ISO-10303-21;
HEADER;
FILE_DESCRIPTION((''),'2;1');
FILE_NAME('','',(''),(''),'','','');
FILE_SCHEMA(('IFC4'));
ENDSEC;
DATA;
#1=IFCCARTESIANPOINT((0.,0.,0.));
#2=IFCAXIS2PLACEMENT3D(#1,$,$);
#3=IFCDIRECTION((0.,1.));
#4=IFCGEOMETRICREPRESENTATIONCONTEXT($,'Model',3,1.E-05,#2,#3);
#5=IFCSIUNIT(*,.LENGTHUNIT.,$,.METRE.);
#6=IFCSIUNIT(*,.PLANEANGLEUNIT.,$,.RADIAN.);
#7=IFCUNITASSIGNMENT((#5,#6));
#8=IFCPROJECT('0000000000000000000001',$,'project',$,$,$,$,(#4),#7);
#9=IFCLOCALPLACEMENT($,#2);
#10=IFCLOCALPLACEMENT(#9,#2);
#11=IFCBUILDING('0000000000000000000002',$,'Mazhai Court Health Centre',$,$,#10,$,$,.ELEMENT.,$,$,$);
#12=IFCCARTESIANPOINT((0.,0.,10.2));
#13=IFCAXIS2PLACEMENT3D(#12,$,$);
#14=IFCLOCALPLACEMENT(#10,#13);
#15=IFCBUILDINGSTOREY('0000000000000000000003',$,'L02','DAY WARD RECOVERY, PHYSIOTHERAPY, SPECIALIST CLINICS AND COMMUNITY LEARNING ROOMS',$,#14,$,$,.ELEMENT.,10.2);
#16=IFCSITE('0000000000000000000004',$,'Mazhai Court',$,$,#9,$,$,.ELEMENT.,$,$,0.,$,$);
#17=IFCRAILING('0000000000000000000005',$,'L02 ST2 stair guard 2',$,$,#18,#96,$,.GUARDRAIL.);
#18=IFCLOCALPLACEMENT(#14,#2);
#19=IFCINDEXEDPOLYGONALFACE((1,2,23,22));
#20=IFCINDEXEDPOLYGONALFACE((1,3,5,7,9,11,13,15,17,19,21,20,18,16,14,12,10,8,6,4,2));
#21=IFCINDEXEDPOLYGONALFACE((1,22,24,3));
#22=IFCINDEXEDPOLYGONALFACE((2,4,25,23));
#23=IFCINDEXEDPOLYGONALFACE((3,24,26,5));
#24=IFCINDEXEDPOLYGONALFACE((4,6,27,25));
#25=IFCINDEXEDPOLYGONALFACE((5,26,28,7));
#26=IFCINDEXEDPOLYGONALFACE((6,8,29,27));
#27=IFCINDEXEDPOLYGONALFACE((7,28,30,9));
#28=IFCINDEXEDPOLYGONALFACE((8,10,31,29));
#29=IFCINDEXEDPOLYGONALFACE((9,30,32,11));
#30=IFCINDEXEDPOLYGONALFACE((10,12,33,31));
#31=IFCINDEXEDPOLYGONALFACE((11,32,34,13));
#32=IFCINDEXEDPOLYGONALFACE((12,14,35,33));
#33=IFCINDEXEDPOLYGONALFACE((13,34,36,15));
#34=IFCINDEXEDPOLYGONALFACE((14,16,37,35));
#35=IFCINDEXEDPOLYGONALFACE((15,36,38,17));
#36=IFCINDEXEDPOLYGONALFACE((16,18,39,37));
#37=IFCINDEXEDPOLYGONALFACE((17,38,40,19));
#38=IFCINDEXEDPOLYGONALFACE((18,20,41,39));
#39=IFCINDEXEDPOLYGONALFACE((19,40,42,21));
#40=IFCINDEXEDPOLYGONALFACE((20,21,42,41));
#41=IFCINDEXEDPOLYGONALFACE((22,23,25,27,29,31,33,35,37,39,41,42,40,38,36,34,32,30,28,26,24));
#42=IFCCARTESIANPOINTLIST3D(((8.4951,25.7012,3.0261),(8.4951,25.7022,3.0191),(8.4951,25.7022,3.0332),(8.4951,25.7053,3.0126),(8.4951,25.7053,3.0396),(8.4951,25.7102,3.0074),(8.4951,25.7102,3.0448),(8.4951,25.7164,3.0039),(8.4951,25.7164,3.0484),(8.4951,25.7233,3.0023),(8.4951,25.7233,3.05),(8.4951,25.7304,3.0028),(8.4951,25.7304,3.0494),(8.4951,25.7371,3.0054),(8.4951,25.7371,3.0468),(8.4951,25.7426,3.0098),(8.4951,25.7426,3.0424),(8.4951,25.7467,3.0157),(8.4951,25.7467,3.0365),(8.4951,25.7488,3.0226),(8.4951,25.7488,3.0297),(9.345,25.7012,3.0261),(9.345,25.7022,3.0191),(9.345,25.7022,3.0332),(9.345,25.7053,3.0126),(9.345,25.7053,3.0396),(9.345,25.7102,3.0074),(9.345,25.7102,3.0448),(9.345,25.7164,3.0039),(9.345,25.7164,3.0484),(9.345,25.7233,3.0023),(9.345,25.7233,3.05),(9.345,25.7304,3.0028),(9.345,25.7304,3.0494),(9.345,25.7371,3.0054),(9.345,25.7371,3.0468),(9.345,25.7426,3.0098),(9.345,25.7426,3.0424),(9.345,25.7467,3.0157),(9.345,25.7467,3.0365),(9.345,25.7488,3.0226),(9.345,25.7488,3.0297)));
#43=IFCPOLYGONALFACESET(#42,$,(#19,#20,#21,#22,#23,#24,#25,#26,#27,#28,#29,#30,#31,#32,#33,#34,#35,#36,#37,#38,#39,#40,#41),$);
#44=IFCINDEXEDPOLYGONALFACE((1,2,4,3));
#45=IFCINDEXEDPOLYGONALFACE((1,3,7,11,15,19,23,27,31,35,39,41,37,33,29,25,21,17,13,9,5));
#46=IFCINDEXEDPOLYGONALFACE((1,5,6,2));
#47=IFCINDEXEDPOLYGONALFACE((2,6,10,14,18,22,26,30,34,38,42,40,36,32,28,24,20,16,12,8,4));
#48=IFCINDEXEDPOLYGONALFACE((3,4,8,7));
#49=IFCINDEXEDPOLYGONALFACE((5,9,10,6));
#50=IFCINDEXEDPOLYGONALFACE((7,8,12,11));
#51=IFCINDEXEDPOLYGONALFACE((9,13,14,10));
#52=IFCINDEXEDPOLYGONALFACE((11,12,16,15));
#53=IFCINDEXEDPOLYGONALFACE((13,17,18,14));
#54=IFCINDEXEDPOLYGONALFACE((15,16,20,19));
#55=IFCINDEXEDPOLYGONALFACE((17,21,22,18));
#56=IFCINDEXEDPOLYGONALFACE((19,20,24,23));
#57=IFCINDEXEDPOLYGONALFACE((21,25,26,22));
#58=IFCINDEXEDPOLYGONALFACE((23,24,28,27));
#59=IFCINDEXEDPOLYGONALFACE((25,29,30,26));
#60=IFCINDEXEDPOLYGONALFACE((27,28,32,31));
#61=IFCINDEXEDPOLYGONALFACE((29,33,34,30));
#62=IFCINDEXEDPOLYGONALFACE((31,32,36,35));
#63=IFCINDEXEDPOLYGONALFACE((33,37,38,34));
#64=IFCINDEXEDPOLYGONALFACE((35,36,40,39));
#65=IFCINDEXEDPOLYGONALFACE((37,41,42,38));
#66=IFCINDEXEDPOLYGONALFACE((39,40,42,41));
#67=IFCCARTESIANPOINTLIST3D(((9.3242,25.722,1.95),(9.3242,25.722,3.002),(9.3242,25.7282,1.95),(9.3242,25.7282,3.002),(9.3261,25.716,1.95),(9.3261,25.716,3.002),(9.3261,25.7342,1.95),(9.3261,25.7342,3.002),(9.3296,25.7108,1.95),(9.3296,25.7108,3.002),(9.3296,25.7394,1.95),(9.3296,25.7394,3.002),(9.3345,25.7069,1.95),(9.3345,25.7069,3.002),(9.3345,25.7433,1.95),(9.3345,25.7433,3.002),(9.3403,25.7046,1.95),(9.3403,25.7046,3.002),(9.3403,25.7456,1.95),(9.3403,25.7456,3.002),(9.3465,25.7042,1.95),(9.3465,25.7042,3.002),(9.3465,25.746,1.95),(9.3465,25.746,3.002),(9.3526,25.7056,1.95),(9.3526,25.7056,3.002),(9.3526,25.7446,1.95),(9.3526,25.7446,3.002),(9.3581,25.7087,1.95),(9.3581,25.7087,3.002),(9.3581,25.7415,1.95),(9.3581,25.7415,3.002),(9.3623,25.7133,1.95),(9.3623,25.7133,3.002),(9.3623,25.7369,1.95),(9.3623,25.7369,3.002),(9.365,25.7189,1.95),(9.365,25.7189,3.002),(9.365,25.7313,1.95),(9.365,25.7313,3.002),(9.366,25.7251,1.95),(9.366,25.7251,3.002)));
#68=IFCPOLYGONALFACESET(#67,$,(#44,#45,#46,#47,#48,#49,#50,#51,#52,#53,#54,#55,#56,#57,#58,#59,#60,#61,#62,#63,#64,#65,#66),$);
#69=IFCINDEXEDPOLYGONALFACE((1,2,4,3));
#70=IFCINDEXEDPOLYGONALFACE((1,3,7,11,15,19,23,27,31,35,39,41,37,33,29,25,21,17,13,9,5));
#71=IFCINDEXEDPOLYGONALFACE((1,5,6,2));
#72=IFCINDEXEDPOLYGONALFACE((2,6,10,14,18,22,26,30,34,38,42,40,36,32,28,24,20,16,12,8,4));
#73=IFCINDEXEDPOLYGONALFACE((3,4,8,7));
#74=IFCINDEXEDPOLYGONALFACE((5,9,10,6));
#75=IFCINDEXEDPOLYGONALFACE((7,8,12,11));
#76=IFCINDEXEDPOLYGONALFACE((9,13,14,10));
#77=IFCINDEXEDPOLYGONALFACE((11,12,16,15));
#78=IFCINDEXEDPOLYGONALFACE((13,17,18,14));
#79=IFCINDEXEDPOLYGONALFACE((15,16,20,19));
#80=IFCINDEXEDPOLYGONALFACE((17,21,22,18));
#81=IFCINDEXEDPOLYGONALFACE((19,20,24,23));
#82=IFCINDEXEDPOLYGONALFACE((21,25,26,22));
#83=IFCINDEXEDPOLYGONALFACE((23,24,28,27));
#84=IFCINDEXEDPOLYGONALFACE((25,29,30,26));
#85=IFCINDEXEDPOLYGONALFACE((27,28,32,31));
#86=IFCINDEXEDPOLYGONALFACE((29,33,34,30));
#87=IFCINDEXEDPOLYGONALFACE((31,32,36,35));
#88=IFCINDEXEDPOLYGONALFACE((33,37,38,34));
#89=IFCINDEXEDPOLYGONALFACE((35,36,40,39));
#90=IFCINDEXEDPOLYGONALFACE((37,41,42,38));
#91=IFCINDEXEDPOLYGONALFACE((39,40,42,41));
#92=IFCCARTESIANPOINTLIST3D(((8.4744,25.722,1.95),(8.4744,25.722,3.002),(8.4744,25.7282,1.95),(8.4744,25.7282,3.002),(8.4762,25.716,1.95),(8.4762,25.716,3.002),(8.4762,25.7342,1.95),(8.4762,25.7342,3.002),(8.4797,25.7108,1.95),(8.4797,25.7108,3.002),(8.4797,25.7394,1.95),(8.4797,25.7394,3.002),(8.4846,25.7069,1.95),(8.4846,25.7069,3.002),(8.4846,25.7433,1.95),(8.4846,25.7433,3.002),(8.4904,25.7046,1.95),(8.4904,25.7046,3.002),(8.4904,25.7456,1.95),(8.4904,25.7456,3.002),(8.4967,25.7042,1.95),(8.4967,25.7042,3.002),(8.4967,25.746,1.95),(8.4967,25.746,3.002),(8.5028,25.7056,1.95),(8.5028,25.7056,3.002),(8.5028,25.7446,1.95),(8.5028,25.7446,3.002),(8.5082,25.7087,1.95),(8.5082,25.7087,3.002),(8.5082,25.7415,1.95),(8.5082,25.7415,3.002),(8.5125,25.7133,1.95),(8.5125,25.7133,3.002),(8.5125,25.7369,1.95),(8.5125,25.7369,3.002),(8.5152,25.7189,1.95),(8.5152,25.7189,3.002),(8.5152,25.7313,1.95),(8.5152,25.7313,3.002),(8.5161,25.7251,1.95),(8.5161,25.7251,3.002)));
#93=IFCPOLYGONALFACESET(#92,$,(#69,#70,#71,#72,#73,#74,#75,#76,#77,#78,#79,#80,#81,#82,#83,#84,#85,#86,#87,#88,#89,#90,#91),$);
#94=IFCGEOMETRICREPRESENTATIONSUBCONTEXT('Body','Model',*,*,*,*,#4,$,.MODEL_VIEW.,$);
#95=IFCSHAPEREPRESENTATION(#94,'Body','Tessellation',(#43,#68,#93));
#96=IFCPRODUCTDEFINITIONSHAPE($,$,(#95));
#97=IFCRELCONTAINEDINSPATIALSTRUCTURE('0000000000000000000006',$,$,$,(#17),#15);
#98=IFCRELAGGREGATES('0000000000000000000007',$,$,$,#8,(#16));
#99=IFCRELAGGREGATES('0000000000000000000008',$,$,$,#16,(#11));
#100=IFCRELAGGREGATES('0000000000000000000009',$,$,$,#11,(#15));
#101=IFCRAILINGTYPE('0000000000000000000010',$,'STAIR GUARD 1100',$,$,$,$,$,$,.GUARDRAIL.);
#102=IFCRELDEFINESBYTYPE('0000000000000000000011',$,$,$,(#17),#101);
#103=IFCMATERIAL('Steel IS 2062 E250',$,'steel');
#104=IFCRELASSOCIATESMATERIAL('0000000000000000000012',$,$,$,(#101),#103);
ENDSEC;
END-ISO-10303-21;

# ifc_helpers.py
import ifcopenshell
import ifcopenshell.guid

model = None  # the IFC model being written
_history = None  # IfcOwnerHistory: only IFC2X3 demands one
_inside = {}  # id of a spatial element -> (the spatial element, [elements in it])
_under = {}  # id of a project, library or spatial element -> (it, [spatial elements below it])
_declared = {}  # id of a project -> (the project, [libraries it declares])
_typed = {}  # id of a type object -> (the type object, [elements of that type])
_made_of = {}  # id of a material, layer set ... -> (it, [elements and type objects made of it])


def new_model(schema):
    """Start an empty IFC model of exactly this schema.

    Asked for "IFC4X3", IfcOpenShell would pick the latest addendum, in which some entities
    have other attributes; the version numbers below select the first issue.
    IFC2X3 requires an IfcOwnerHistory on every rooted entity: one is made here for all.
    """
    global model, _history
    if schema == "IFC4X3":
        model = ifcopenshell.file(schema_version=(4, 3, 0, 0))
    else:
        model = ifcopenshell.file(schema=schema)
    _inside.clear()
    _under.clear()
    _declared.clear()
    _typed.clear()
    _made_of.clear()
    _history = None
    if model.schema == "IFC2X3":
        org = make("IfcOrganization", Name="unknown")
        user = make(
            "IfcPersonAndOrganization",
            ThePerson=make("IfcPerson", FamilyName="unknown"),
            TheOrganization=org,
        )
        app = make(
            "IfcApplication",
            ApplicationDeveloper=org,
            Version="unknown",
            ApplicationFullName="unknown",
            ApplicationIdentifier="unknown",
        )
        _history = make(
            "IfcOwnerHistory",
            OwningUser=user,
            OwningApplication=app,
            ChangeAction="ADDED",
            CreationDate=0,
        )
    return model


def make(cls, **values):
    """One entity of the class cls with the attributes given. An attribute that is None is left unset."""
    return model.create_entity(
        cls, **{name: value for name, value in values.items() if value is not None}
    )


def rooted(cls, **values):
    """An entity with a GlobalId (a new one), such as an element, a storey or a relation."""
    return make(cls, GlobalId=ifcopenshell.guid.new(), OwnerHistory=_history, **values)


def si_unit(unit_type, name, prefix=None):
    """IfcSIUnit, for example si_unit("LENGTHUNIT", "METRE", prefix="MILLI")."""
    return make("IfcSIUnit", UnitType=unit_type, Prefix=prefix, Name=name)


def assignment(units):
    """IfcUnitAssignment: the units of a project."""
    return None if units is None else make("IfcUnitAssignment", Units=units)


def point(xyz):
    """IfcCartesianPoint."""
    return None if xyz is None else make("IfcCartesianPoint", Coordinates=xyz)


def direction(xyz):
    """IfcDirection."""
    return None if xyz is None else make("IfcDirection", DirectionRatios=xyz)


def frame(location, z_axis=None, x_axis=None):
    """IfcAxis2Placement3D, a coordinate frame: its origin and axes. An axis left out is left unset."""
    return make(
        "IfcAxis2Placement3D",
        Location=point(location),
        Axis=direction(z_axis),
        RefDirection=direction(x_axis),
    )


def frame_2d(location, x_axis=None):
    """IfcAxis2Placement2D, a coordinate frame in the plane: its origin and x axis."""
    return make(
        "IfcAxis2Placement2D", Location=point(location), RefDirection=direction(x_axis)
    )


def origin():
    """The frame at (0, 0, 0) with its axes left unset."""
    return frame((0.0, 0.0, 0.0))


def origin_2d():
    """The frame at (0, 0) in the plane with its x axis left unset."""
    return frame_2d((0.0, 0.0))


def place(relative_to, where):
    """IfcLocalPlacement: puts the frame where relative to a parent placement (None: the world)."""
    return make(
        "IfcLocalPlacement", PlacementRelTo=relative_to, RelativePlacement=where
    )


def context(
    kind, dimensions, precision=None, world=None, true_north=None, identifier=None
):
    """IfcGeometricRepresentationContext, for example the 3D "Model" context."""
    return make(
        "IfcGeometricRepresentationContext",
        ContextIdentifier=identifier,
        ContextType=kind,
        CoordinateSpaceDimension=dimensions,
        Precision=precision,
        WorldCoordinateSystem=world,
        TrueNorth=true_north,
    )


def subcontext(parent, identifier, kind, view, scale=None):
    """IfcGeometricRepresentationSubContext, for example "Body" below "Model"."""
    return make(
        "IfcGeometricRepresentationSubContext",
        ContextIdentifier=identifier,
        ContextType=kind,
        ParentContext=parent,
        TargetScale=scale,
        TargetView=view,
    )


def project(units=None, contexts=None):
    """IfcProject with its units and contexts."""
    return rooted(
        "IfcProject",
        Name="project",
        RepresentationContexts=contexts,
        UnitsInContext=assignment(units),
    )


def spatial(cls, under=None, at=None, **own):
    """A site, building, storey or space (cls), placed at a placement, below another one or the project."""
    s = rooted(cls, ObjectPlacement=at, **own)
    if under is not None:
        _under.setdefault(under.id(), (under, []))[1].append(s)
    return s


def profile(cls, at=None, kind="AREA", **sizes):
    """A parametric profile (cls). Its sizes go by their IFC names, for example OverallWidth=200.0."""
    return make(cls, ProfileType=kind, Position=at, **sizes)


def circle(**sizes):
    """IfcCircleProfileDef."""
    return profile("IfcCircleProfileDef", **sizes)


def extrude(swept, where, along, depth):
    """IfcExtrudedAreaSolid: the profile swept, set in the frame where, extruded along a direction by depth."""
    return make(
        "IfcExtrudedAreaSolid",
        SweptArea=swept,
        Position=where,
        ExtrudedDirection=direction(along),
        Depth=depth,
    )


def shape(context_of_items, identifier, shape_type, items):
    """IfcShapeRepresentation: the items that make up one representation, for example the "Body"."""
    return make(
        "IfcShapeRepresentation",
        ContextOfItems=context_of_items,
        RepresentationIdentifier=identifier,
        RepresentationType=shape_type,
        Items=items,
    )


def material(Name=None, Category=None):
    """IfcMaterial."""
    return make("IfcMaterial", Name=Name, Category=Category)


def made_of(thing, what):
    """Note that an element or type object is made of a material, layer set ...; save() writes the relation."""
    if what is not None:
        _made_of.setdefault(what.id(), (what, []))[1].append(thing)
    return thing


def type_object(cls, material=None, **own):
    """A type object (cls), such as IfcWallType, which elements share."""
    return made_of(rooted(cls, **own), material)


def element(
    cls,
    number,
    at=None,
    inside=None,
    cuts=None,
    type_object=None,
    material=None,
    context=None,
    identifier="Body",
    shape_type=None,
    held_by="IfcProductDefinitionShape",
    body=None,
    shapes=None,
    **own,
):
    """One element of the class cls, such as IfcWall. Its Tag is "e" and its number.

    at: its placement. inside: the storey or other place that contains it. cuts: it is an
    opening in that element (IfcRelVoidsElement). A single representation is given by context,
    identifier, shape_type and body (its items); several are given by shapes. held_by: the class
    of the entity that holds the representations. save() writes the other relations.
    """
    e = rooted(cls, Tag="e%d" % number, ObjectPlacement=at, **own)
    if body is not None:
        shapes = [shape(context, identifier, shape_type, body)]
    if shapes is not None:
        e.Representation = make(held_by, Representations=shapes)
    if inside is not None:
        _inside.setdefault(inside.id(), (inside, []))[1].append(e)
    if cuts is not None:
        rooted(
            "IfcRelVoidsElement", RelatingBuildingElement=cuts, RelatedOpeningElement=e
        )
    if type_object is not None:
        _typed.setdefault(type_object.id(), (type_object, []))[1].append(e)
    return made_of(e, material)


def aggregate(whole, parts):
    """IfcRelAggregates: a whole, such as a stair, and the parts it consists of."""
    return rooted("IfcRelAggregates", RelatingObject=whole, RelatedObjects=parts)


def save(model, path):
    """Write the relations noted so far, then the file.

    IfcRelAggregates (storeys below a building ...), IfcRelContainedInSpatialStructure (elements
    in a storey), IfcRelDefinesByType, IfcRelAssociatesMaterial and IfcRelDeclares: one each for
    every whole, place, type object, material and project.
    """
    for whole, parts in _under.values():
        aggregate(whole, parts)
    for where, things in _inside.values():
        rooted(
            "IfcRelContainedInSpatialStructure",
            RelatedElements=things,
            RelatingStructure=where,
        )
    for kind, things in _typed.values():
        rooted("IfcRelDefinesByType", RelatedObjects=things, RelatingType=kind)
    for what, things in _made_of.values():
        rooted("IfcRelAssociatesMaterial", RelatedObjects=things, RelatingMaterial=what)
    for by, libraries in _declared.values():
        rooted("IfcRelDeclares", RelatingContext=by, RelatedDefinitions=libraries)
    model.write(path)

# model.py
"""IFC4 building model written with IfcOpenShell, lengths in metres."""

from ifc_helpers import new_model, si_unit, direction, frame, origin, origin_2d, place, context, subcontext, project, spatial, circle, extrude, material, type_object, element, save


model = new_model("IFC4")

# Units and contexts
model_context = context("Model", 3, precision=1e-05, world=origin(), true_north=direction((0.0, 1.0)))
body_context = subcontext(model_context, "Body", "Model", "MODEL_VIEW")
ifc_project = project(units=[si_unit("LENGTHUNIT", "METRE"), si_unit("PLANEANGLEUNIT", "RADIAN")], contexts=[model_context])

# Site, building, storey
site_placement = place(None, origin())
site = spatial("IfcSite", under=ifc_project, at=site_placement, Name="Mazhai Court", CompositionType="ELEMENT", RefElevation=0.0)
building_placement = place(site_placement, origin())
building = spatial("IfcBuilding", under=site, at=building_placement, Name="Mazhai Court Health Centre", CompositionType="ELEMENT")
storey_placement = place(building_placement, frame((0.0, 0.0, 10.2)))
storey = spatial("IfcBuildingStorey", under=building, at=storey_placement, Name="L02", Description="DAY WARD RECOVERY, PHYSIOTHERAPY, SPECIALIST CLINICS AND COMMUNITY LEARNING ROOMS", CompositionType="ELEMENT", Elevation=10.2)

# Railing
ifc_material_1 = material(Name="Steel IS 2062 E250", Category="steel")
railing_type_1 = type_object("IfcRailingType", Name="STAIR GUARD 1100", PredefinedType="GUARDRAIL", material=ifc_material_1)
railing_1_placement = place(storey_placement, frame((9.345, 25.7251, 1.95)))
element("IfcRailing", 1, at=railing_1_placement, inside=storey, type_object=railing_type_1, Name="L02 ST2 stair guard 2", PredefinedType="GUARDRAIL", context=body_context, shape_type="SweptSolid", body=[
    extrude(circle(Radius=0.0239, at=origin_2d()), frame((0.0, 0.0, 1.0762), z_axis=(-1.0, 0.0, 0.0), x_axis=(0.0, -1.0, 0.0)), (0.0, 0.0, 1.0), 0.8499),
    extrude(circle(Radius=0.021, at=origin_2d()), origin(), (0.0, 0.0, 1.0), 1.052),
    extrude(circle(Radius=0.021, at=origin_2d()), frame((-0.8499, 0.0, 0.0)), (0.0, 0.0, 1.0), 1.052),
])

save(model, "model.ifc")
